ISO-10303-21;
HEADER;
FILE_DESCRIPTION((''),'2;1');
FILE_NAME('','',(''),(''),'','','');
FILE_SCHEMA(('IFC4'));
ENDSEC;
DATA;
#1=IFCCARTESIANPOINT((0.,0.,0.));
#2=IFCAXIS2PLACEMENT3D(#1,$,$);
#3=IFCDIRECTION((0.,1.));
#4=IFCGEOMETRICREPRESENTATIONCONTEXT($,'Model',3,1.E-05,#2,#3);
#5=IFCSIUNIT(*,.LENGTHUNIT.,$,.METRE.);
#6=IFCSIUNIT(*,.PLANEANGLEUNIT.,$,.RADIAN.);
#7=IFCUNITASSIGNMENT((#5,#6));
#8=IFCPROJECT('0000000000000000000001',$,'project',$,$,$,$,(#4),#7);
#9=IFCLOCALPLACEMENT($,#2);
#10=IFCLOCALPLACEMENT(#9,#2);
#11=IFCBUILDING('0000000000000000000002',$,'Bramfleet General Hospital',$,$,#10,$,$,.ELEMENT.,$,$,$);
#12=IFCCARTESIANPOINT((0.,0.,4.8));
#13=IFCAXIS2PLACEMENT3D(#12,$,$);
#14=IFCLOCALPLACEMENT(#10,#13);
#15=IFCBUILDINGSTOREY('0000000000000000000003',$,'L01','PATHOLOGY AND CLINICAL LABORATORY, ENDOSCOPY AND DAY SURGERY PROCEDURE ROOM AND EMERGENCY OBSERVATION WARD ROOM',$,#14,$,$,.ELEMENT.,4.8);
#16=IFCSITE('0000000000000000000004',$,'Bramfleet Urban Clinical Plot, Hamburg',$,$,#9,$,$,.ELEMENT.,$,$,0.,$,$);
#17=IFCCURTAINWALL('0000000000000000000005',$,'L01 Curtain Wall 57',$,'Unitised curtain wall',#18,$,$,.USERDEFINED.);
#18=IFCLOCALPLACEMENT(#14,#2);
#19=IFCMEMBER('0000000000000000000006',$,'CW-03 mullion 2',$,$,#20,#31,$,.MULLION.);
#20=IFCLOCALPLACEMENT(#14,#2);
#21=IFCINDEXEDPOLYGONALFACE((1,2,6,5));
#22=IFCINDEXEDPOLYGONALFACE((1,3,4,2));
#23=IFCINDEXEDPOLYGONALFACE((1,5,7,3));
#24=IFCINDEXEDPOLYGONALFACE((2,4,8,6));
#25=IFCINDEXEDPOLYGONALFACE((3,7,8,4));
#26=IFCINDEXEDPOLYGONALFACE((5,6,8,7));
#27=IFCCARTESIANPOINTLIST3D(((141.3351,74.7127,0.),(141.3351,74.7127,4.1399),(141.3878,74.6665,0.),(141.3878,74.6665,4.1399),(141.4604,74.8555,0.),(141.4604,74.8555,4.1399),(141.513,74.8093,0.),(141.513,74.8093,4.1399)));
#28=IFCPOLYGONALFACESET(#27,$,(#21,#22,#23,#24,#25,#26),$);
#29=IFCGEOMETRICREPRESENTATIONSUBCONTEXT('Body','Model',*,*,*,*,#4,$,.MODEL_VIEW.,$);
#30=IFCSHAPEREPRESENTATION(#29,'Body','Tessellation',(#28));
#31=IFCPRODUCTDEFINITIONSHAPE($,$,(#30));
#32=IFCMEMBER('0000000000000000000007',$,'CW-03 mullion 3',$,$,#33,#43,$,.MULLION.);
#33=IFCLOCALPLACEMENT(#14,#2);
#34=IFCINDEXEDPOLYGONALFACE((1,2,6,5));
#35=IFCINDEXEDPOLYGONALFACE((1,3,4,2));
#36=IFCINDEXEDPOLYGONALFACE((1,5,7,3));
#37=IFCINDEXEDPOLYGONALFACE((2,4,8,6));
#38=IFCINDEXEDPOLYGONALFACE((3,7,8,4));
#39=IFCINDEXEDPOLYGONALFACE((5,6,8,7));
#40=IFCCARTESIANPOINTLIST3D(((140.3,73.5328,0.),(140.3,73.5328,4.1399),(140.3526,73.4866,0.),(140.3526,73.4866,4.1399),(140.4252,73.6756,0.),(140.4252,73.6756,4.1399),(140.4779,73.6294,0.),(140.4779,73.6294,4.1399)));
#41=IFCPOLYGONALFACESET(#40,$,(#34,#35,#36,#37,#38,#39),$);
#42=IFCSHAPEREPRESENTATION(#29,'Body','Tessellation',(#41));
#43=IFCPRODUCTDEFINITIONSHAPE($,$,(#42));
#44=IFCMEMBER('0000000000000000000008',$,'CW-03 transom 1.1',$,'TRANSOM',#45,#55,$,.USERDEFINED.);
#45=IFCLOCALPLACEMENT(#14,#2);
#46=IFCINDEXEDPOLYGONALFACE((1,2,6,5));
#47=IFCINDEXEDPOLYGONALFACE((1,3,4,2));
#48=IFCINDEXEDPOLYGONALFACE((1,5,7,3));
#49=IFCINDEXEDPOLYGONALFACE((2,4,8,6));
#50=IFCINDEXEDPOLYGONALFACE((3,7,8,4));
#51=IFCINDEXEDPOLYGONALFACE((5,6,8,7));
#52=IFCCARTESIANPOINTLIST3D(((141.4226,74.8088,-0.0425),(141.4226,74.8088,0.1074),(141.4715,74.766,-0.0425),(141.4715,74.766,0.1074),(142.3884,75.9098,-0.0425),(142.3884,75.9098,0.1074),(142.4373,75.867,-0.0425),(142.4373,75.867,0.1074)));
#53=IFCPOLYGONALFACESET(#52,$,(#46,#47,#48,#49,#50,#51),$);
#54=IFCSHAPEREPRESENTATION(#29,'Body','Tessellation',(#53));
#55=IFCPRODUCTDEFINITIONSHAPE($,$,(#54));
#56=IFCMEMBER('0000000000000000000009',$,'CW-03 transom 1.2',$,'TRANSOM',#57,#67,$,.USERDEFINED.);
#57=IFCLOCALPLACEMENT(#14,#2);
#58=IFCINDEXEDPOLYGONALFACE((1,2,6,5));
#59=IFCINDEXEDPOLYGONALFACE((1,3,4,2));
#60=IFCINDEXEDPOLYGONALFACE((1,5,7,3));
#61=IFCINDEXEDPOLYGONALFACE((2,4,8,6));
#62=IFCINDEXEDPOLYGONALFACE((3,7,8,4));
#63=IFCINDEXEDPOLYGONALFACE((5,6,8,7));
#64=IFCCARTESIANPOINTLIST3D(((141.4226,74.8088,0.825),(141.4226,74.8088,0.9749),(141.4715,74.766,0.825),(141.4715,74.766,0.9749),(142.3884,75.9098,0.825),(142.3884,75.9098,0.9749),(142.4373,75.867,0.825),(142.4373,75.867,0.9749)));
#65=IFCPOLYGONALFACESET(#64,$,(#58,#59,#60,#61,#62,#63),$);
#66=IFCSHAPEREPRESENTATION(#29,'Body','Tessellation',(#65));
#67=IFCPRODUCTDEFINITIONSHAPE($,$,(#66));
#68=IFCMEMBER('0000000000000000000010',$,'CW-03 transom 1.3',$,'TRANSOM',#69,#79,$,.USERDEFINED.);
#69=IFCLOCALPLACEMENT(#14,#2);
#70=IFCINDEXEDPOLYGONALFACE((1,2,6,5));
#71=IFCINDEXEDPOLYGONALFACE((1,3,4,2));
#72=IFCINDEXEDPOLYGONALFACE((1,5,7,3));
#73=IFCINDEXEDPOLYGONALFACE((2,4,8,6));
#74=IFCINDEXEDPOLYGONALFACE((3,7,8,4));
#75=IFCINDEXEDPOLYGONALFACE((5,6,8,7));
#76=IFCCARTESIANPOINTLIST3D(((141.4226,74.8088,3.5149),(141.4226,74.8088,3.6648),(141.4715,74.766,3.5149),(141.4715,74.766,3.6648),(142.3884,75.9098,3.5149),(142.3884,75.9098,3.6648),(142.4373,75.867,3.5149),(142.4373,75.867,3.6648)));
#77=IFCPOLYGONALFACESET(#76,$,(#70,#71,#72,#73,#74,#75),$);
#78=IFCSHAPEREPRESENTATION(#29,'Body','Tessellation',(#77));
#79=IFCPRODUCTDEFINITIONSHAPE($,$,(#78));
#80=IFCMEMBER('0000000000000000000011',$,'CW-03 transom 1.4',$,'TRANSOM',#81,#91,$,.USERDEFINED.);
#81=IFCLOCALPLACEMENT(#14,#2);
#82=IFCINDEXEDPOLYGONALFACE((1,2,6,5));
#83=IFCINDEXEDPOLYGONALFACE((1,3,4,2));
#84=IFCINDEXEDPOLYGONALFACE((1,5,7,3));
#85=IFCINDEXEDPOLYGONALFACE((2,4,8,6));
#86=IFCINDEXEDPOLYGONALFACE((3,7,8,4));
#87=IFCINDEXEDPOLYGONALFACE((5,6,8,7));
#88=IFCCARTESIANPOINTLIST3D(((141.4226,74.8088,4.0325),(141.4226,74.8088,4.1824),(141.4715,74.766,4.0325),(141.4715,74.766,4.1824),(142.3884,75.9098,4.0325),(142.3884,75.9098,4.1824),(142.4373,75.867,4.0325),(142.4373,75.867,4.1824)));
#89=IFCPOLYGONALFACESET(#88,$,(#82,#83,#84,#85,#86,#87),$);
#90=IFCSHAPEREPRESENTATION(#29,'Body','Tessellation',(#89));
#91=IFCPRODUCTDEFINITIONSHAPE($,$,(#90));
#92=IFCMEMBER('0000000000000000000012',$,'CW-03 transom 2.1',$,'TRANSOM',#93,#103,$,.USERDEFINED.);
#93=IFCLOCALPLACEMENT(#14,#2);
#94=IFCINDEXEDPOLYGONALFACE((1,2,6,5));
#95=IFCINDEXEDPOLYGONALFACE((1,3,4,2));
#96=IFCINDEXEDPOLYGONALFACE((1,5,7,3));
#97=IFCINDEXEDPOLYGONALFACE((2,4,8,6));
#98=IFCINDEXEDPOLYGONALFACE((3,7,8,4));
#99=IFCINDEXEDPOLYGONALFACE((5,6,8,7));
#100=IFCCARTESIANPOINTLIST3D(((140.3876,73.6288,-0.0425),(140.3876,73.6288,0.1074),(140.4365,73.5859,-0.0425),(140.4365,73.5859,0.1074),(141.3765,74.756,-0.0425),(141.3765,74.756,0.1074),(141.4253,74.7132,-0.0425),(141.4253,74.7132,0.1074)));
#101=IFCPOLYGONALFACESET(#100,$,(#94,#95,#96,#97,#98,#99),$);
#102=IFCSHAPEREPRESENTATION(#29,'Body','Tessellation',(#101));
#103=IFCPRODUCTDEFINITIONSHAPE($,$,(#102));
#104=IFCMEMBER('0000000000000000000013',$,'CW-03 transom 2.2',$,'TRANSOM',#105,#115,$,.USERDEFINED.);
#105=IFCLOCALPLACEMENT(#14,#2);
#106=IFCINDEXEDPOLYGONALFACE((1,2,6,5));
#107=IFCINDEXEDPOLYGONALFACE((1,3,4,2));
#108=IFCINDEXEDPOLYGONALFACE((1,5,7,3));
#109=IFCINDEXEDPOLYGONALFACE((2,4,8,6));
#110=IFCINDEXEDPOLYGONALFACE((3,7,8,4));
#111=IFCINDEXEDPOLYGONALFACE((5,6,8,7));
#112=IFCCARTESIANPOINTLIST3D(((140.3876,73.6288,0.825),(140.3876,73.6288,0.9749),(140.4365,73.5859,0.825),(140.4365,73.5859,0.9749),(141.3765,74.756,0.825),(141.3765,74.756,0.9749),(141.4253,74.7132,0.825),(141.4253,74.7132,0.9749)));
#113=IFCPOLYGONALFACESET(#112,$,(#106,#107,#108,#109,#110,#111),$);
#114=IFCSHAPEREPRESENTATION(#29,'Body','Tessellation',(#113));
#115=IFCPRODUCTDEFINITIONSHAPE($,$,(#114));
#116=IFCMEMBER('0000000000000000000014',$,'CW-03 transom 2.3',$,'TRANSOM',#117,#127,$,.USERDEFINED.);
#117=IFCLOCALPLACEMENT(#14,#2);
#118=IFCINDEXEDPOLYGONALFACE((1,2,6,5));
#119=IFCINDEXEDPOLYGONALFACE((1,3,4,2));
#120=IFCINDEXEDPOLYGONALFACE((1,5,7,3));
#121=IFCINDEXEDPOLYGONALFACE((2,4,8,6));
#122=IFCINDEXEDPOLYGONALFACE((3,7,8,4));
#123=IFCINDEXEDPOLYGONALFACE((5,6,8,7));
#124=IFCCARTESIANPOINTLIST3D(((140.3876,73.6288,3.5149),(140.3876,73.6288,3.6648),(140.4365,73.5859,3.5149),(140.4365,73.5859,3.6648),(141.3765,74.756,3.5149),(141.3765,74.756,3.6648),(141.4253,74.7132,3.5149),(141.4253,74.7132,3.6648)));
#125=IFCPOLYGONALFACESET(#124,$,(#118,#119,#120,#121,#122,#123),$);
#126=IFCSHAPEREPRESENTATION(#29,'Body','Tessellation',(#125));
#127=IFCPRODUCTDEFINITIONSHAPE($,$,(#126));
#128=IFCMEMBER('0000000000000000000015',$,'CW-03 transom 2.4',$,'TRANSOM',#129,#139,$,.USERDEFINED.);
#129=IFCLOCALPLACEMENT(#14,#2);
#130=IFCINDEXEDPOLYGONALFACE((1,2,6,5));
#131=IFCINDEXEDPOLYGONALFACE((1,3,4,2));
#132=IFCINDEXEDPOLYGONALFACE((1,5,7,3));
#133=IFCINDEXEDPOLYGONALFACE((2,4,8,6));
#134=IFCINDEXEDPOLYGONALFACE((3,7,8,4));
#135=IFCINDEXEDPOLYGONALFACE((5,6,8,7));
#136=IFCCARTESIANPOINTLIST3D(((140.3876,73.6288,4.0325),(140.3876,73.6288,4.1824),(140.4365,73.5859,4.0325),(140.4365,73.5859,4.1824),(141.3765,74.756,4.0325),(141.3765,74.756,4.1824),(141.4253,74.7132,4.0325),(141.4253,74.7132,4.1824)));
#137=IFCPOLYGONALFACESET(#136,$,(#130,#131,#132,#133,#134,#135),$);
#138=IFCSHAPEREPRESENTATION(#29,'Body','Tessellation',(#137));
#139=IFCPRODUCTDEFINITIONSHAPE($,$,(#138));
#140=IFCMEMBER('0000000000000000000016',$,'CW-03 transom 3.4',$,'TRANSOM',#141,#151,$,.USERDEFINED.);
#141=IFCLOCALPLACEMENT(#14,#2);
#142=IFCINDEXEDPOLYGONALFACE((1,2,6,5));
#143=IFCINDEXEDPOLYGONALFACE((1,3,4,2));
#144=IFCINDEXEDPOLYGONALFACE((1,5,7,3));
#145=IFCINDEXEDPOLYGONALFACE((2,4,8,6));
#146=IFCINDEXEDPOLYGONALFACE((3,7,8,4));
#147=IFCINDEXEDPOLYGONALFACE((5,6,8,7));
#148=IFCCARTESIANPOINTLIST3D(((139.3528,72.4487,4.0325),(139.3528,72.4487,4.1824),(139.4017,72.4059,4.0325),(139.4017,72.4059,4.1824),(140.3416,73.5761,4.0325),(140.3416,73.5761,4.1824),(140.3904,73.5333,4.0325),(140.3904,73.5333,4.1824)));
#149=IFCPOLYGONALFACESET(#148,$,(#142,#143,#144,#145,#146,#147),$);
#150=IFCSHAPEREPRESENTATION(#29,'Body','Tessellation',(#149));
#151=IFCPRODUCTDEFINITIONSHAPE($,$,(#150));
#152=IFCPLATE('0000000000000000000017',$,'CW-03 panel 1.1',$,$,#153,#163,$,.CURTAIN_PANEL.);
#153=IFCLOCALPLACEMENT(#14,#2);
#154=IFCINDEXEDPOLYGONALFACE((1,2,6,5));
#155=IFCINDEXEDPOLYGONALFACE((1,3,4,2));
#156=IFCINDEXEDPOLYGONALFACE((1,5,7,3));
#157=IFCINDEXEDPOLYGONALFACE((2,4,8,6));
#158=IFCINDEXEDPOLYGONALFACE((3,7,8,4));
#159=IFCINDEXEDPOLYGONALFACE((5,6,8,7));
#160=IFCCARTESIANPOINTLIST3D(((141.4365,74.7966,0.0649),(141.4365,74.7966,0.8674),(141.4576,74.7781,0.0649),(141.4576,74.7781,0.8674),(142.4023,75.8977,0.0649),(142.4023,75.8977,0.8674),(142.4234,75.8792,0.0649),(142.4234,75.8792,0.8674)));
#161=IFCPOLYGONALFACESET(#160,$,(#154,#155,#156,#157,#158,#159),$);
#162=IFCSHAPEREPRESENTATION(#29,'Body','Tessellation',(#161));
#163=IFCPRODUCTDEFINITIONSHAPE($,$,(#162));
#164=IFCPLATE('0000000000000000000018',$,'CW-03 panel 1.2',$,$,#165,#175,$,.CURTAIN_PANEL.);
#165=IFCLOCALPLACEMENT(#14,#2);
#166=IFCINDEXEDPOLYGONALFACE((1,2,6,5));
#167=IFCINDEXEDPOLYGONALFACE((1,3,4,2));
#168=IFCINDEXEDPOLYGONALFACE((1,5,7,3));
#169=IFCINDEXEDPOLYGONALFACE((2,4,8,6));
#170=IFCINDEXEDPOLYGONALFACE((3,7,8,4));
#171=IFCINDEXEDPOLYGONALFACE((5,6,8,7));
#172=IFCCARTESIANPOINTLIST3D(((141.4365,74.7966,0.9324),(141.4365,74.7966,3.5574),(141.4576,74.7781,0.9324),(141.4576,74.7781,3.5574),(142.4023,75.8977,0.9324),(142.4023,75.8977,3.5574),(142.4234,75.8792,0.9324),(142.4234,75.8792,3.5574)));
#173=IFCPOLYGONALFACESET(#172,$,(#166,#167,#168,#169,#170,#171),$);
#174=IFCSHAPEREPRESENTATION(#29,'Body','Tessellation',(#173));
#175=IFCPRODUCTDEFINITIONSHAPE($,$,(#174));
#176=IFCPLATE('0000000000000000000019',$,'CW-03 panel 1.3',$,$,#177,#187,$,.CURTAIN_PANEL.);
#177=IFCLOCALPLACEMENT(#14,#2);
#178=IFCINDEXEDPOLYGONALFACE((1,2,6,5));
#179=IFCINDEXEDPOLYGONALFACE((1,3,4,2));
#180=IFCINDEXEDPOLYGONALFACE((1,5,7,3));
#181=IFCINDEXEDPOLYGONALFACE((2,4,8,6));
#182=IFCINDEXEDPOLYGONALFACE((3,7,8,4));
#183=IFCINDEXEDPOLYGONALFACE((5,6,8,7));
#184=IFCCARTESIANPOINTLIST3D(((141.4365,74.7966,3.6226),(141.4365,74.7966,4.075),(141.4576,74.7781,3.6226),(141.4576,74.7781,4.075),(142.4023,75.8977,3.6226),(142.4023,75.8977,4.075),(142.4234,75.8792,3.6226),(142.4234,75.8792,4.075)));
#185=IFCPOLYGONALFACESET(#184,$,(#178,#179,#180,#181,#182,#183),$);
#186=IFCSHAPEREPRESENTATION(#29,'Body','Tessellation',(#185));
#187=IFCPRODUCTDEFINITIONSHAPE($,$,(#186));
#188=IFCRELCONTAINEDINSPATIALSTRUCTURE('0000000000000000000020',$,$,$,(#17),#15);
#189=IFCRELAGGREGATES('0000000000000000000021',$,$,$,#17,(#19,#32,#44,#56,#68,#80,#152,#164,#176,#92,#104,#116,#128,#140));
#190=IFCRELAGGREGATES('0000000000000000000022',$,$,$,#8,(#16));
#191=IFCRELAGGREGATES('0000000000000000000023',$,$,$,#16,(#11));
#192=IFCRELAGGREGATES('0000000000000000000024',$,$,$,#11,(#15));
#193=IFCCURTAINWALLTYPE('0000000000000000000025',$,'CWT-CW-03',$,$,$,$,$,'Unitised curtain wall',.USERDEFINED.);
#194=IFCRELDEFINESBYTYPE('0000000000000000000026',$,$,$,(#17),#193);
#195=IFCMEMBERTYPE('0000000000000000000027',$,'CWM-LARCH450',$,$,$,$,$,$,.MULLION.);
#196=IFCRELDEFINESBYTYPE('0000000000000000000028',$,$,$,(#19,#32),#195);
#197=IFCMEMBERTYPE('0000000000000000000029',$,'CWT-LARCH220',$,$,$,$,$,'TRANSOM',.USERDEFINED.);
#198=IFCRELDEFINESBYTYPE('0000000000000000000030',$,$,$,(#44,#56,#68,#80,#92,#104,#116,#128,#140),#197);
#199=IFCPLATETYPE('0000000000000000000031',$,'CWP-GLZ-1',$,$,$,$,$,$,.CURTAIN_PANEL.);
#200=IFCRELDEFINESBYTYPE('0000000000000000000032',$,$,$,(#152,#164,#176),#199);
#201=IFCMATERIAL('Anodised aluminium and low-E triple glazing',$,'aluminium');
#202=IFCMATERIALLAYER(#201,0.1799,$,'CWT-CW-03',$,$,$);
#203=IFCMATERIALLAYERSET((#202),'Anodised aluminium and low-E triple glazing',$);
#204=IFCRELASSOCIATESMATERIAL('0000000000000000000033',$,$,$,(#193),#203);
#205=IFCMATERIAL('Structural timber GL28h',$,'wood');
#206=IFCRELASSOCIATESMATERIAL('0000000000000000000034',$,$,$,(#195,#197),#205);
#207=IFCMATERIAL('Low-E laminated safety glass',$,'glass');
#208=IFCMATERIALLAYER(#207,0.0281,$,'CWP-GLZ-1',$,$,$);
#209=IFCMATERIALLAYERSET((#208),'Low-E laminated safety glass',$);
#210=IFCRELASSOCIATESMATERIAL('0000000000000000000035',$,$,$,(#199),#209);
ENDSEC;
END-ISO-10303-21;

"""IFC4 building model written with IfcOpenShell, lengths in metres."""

from ifc_helpers import new_model, si_unit, direction, frame, origin, origin_2d, place, context, subcontext, project, spatial, rectangle, extrude, material, layer, layer_set, material_profile, profile_set, type_object, element, aggregate, save


model = new_model("IFC4")

# Units and contexts
model_context = context("Model", 3, precision=1e-05, world=origin(), true_north=direction((0.0, 1.0)))
body_context = subcontext(model_context, "Body", "Model", "MODEL_VIEW")
ifc_project = project(units=[si_unit("LENGTHUNIT", "METRE"), si_unit("PLANEANGLEUNIT", "RADIAN")], contexts=[model_context])

# Site, building, storey
site_placement = place(None, origin())
site = spatial("IfcSite", under=ifc_project, at=site_placement, Name="Bramfleet Urban Clinical Plot, Hamburg", CompositionType="ELEMENT", RefElevation=0.0)
building_placement = place(site_placement, origin())
building = spatial("IfcBuilding", under=site, at=building_placement, Name="Bramfleet General Hospital", CompositionType="ELEMENT")
storey_placement = place(building_placement, frame((0.0, 0.0, 4.8)))
storey = spatial("IfcBuildingStorey", under=building, at=storey_placement, Name="L01", Description="PATHOLOGY AND CLINICAL LABORATORY, ENDOSCOPY AND DAY SURGERY PROCEDURE ROOM AND EMERGENCY OBSERVATION WARD ROOM", CompositionType="ELEMENT", Elevation=4.8)

# Curtain wall, members, plates
ifc_material_1 = material(Name="Anodised aluminium and low-E triple glazing", Category="aluminium")
ifc_layer_1 = layer(ifc_material_1, 0.1799, Name="CWT-CW-03")
ifc_layer_set_1 = layer_set([ifc_layer_1], Name="Anodised aluminium and low-E triple glazing")
curtain_wall_type = type_object("IfcCurtainWallType", Name="CWT-CW-03", ElementType="Unitised curtain wall", PredefinedType="USERDEFINED", material=ifc_layer_set_1)
curtain_wall_placement = place(storey_placement, origin())
curtain_wall = element("IfcCurtainWall", 1, at=curtain_wall_placement, inside=storey, type_object=curtain_wall_type, Name="L01 Curtain Wall 57", ObjectType="Unitised curtain wall", PredefinedType="USERDEFINED")
ifc_material_2 = material(Name="Structural timber GL28h", Category="wood")
ifc_material_profile_1 = material_profile(ifc_material_2, rectangle(XDim=0.0701, YDim=0.1899, at=origin_2d()), Name="LARCH 190x70")
ifc_profile_set_1 = profile_set([ifc_material_profile_1], Name="Structural timber GL28h")
member_type_1 = type_object("IfcMemberType", Name="CWM-LARCH450", PredefinedType="MULLION", material=ifc_profile_set_1)
member_1_placement = place(storey_placement, frame((141.4241, 74.761, 0.0), z_axis=(0.0, 0.0, 1.0), x_axis=(0.751787, -0.659406, 0.0)))
member_1 = element("IfcMember", 2, at=member_1_placement, type_object=member_type_1, Name="CW-03 mullion 2", PredefinedType="MULLION", context=body_context, shape_type="SweptSolid", body=[
    extrude(rectangle(XDim=0.0701, YDim=0.1899, at=origin_2d()), origin(), (0.0, 0.0, 1.0), 4.1399),
])
member_2_placement = place(storey_placement, frame((140.3889, 73.5811, 0.0), z_axis=(0.0, 0.0, 1.0), x_axis=(0.751787, -0.659406, 0.0)))
member_2 = element("IfcMember", 3, at=member_2_placement, type_object=member_type_1, Name="CW-03 mullion 3", PredefinedType="MULLION", context=body_context, shape_type="SweptSolid", body=[
    extrude(rectangle(XDim=0.0701, YDim=0.1899, at=origin_2d()), origin(), (0.0, 0.0, 1.0), 4.1399),
])
ifc_material_profile_2 = material_profile(ifc_material_2, rectangle(XDim=0.0649, YDim=0.1499, at=origin_2d()), Name="LARCH 150x65")
ifc_profile_set_2 = profile_set([ifc_material_profile_2], Name="Structural timber GL28h")
member_type_2 = type_object("IfcMemberType", Name="CWT-LARCH220", ElementType="TRANSOM", PredefinedType="USERDEFINED", material=ifc_profile_set_2)
member_3_placement = place(storey_placement, frame((142.4128, 75.8884, 0.0325), z_axis=(-0.659425, -0.751771, 0.0), x_axis=(0.751771, -0.659425, 0.0)))
member_3 = element("IfcMember", 4, at=member_3_placement, type_object=member_type_2, Name="CW-03 transom 1.1", ObjectType="TRANSOM", PredefinedType="USERDEFINED", context=body_context, shape_type="SweptSolid", body=[
    extrude(rectangle(XDim=0.0649, YDim=0.1499, at=origin_2d()), origin(), (0.0, 0.0, 1.0), 1.4646),
])
member_4_placement = place(storey_placement, frame((142.4128, 75.8884, 0.8999), z_axis=(-0.659425, -0.751771, 0.0), x_axis=(0.751771, -0.659425, 0.0)))
member_4 = element("IfcMember", 5, at=member_4_placement, type_object=member_type_2, Name="CW-03 transom 1.2", ObjectType="TRANSOM", PredefinedType="USERDEFINED", context=body_context, shape_type="SweptSolid", body=[
    extrude(rectangle(XDim=0.0649, YDim=0.1499, at=origin_2d()), origin(), (0.0, 0.0, 1.0), 1.4646),
])
member_5_placement = place(storey_placement, frame((142.4128, 75.8884, 3.5898), z_axis=(-0.659425, -0.751771, 0.0), x_axis=(0.751771, -0.659425, 0.0)))
member_5 = element("IfcMember", 6, at=member_5_placement, type_object=member_type_2, Name="CW-03 transom 1.3", ObjectType="TRANSOM", PredefinedType="USERDEFINED", context=body_context, shape_type="SweptSolid", body=[
    extrude(rectangle(XDim=0.0649, YDim=0.1499, at=origin_2d()), origin(), (0.0, 0.0, 1.0), 1.4646),
])
member_6_placement = place(storey_placement, frame((142.4128, 75.8884, 4.1074), z_axis=(-0.659425, -0.751771, 0.0), x_axis=(0.751771, -0.659425, 0.0)))
member_6 = element("IfcMember", 7, at=member_6_placement, type_object=member_type_2, Name="CW-03 transom 1.4", ObjectType="TRANSOM", PredefinedType="USERDEFINED", context=body_context, shape_type="SweptSolid", body=[
    extrude(rectangle(XDim=0.0649, YDim=0.1499, at=origin_2d()), origin(), (0.0, 0.0, 1.0), 1.4646),
])
member_7_placement = place(storey_placement, frame((141.4009, 74.7346, 0.0325), z_axis=(-0.659438, -0.751759, 0.0), x_axis=(0.751759, -0.659438, 0.0)))
member_7 = element("IfcMember", 8, at=member_7_placement, type_object=member_type_2, Name="CW-03 transom 2.1", ObjectType="TRANSOM", PredefinedType="USERDEFINED", context=body_context, shape_type="SweptSolid", body=[
    extrude(rectangle(XDim=0.0649, YDim=0.1499, at=origin_2d()), origin(), (0.0, 0.0, 1.0), 1.4995),
])
member_8_placement = place(storey_placement, frame((141.4009, 74.7346, 0.8999), z_axis=(-0.659438, -0.751759, 0.0), x_axis=(0.751759, -0.659438, 0.0)))
member_8 = element("IfcMember", 9, at=member_8_placement, type_object=member_type_2, Name="CW-03 transom 2.2", ObjectType="TRANSOM", PredefinedType="USERDEFINED", context=body_context, shape_type="SweptSolid", body=[
    extrude(rectangle(XDim=0.0649, YDim=0.1499, at=origin_2d()), origin(), (0.0, 0.0, 1.0), 1.4995),
])
member_9_placement = place(storey_placement, frame((141.4009, 74.7346, 3.5898), z_axis=(-0.659438, -0.751759, 0.0), x_axis=(0.751759, -0.659438, 0.0)))
member_9 = element("IfcMember", 10, at=member_9_placement, type_object=member_type_2, Name="CW-03 transom 2.3", ObjectType="TRANSOM", PredefinedType="USERDEFINED", context=body_context, shape_type="SweptSolid", body=[
    extrude(rectangle(XDim=0.0649, YDim=0.1499, at=origin_2d()), origin(), (0.0, 0.0, 1.0), 1.4995),
])
member_10_placement = place(storey_placement, frame((141.4009, 74.7346, 4.1074), z_axis=(-0.659438, -0.751759, 0.0), x_axis=(0.751759, -0.659438, 0.0)))
member_10 = element("IfcMember", 11, at=member_10_placement, type_object=member_type_2, Name="CW-03 transom 2.4", ObjectType="TRANSOM", PredefinedType="USERDEFINED", context=body_context, shape_type="SweptSolid", body=[
    extrude(rectangle(XDim=0.0649, YDim=0.1499, at=origin_2d()), origin(), (0.0, 0.0, 1.0), 1.4995),
])
member_11_placement = place(storey_placement, frame((140.366, 73.5547, 4.1074), z_axis=(-0.659357, -0.75183, 0.0), x_axis=(0.75183, -0.659357, 0.0)))
member_11 = element("IfcMember", 12, at=member_11_placement, type_object=member_type_2, Name="CW-03 transom 3.4", ObjectType="TRANSOM", PredefinedType="USERDEFINED", context=body_context, shape_type="SweptSolid", body=[
    extrude(rectangle(XDim=0.0649, YDim=0.1499, at=origin_2d()), origin(), (0.0, 0.0, 1.0), 1.4995),
])
ifc_material_3 = material(Name="Low-E laminated safety glass", Category="glass")
ifc_layer_2 = layer(ifc_material_3, 0.0281, Name="CWP-GLZ-1")
ifc_layer_set_2 = layer_set([ifc_layer_2], Name="Low-E laminated safety glass")
plate_type = type_object("IfcPlateType", Name="CWP-GLZ-1", PredefinedType="CURTAIN_PANEL", material=ifc_layer_set_2)
plate_1_placement = place(storey_placement, frame((141.9299, 75.3379, 0.0649), z_axis=(0.0, 0.0, 1.0), x_axis=(-0.659406, -0.751787, 0.0)))
plate_1 = element("IfcPlate", 13, at=plate_1_placement, type_object=plate_type, Name="CW-03 panel 1.1", PredefinedType="CURTAIN_PANEL", context=body_context, shape_type="SweptSolid", body=[
    extrude(rectangle(XDim=1.4646, YDim=0.0281, at=origin_2d()), origin(), (0.0, 0.0, 1.0), 0.8025),
])
plate_2_placement = place(storey_placement, frame((141.9299, 75.3379, 0.9324), z_axis=(0.0, 0.0, 1.0), x_axis=(-0.659406, -0.751787, 0.0)))
plate_2 = element("IfcPlate", 14, at=plate_2_placement, type_object=plate_type, Name="CW-03 panel 1.2", PredefinedType="CURTAIN_PANEL", context=body_context, shape_type="SweptSolid", body=[
    extrude(rectangle(XDim=1.4646, YDim=0.0281, at=origin_2d()), origin(), (0.0, 0.0, 1.0), 2.625),
])
plate_3_placement = place(storey_placement, frame((141.9299, 75.3379, 3.6226), z_axis=(0.0, 0.0, 1.0), x_axis=(-0.659406, -0.751787, 0.0)))
plate_3 = element("IfcPlate", 15, at=plate_3_placement, type_object=plate_type, Name="CW-03 panel 1.3", PredefinedType="CURTAIN_PANEL", context=body_context, shape_type="SweptSolid", body=[
    extrude(rectangle(XDim=1.4646, YDim=0.0281, at=origin_2d()), origin(), (0.0, 0.0, 1.0), 0.4524),
])
aggregate(curtain_wall, [member_1, member_2, member_3, member_4, member_5, member_6, plate_1, plate_2, plate_3, member_7, member_8, member_9, member_10, member_11])

save(model, "model.ifc")
